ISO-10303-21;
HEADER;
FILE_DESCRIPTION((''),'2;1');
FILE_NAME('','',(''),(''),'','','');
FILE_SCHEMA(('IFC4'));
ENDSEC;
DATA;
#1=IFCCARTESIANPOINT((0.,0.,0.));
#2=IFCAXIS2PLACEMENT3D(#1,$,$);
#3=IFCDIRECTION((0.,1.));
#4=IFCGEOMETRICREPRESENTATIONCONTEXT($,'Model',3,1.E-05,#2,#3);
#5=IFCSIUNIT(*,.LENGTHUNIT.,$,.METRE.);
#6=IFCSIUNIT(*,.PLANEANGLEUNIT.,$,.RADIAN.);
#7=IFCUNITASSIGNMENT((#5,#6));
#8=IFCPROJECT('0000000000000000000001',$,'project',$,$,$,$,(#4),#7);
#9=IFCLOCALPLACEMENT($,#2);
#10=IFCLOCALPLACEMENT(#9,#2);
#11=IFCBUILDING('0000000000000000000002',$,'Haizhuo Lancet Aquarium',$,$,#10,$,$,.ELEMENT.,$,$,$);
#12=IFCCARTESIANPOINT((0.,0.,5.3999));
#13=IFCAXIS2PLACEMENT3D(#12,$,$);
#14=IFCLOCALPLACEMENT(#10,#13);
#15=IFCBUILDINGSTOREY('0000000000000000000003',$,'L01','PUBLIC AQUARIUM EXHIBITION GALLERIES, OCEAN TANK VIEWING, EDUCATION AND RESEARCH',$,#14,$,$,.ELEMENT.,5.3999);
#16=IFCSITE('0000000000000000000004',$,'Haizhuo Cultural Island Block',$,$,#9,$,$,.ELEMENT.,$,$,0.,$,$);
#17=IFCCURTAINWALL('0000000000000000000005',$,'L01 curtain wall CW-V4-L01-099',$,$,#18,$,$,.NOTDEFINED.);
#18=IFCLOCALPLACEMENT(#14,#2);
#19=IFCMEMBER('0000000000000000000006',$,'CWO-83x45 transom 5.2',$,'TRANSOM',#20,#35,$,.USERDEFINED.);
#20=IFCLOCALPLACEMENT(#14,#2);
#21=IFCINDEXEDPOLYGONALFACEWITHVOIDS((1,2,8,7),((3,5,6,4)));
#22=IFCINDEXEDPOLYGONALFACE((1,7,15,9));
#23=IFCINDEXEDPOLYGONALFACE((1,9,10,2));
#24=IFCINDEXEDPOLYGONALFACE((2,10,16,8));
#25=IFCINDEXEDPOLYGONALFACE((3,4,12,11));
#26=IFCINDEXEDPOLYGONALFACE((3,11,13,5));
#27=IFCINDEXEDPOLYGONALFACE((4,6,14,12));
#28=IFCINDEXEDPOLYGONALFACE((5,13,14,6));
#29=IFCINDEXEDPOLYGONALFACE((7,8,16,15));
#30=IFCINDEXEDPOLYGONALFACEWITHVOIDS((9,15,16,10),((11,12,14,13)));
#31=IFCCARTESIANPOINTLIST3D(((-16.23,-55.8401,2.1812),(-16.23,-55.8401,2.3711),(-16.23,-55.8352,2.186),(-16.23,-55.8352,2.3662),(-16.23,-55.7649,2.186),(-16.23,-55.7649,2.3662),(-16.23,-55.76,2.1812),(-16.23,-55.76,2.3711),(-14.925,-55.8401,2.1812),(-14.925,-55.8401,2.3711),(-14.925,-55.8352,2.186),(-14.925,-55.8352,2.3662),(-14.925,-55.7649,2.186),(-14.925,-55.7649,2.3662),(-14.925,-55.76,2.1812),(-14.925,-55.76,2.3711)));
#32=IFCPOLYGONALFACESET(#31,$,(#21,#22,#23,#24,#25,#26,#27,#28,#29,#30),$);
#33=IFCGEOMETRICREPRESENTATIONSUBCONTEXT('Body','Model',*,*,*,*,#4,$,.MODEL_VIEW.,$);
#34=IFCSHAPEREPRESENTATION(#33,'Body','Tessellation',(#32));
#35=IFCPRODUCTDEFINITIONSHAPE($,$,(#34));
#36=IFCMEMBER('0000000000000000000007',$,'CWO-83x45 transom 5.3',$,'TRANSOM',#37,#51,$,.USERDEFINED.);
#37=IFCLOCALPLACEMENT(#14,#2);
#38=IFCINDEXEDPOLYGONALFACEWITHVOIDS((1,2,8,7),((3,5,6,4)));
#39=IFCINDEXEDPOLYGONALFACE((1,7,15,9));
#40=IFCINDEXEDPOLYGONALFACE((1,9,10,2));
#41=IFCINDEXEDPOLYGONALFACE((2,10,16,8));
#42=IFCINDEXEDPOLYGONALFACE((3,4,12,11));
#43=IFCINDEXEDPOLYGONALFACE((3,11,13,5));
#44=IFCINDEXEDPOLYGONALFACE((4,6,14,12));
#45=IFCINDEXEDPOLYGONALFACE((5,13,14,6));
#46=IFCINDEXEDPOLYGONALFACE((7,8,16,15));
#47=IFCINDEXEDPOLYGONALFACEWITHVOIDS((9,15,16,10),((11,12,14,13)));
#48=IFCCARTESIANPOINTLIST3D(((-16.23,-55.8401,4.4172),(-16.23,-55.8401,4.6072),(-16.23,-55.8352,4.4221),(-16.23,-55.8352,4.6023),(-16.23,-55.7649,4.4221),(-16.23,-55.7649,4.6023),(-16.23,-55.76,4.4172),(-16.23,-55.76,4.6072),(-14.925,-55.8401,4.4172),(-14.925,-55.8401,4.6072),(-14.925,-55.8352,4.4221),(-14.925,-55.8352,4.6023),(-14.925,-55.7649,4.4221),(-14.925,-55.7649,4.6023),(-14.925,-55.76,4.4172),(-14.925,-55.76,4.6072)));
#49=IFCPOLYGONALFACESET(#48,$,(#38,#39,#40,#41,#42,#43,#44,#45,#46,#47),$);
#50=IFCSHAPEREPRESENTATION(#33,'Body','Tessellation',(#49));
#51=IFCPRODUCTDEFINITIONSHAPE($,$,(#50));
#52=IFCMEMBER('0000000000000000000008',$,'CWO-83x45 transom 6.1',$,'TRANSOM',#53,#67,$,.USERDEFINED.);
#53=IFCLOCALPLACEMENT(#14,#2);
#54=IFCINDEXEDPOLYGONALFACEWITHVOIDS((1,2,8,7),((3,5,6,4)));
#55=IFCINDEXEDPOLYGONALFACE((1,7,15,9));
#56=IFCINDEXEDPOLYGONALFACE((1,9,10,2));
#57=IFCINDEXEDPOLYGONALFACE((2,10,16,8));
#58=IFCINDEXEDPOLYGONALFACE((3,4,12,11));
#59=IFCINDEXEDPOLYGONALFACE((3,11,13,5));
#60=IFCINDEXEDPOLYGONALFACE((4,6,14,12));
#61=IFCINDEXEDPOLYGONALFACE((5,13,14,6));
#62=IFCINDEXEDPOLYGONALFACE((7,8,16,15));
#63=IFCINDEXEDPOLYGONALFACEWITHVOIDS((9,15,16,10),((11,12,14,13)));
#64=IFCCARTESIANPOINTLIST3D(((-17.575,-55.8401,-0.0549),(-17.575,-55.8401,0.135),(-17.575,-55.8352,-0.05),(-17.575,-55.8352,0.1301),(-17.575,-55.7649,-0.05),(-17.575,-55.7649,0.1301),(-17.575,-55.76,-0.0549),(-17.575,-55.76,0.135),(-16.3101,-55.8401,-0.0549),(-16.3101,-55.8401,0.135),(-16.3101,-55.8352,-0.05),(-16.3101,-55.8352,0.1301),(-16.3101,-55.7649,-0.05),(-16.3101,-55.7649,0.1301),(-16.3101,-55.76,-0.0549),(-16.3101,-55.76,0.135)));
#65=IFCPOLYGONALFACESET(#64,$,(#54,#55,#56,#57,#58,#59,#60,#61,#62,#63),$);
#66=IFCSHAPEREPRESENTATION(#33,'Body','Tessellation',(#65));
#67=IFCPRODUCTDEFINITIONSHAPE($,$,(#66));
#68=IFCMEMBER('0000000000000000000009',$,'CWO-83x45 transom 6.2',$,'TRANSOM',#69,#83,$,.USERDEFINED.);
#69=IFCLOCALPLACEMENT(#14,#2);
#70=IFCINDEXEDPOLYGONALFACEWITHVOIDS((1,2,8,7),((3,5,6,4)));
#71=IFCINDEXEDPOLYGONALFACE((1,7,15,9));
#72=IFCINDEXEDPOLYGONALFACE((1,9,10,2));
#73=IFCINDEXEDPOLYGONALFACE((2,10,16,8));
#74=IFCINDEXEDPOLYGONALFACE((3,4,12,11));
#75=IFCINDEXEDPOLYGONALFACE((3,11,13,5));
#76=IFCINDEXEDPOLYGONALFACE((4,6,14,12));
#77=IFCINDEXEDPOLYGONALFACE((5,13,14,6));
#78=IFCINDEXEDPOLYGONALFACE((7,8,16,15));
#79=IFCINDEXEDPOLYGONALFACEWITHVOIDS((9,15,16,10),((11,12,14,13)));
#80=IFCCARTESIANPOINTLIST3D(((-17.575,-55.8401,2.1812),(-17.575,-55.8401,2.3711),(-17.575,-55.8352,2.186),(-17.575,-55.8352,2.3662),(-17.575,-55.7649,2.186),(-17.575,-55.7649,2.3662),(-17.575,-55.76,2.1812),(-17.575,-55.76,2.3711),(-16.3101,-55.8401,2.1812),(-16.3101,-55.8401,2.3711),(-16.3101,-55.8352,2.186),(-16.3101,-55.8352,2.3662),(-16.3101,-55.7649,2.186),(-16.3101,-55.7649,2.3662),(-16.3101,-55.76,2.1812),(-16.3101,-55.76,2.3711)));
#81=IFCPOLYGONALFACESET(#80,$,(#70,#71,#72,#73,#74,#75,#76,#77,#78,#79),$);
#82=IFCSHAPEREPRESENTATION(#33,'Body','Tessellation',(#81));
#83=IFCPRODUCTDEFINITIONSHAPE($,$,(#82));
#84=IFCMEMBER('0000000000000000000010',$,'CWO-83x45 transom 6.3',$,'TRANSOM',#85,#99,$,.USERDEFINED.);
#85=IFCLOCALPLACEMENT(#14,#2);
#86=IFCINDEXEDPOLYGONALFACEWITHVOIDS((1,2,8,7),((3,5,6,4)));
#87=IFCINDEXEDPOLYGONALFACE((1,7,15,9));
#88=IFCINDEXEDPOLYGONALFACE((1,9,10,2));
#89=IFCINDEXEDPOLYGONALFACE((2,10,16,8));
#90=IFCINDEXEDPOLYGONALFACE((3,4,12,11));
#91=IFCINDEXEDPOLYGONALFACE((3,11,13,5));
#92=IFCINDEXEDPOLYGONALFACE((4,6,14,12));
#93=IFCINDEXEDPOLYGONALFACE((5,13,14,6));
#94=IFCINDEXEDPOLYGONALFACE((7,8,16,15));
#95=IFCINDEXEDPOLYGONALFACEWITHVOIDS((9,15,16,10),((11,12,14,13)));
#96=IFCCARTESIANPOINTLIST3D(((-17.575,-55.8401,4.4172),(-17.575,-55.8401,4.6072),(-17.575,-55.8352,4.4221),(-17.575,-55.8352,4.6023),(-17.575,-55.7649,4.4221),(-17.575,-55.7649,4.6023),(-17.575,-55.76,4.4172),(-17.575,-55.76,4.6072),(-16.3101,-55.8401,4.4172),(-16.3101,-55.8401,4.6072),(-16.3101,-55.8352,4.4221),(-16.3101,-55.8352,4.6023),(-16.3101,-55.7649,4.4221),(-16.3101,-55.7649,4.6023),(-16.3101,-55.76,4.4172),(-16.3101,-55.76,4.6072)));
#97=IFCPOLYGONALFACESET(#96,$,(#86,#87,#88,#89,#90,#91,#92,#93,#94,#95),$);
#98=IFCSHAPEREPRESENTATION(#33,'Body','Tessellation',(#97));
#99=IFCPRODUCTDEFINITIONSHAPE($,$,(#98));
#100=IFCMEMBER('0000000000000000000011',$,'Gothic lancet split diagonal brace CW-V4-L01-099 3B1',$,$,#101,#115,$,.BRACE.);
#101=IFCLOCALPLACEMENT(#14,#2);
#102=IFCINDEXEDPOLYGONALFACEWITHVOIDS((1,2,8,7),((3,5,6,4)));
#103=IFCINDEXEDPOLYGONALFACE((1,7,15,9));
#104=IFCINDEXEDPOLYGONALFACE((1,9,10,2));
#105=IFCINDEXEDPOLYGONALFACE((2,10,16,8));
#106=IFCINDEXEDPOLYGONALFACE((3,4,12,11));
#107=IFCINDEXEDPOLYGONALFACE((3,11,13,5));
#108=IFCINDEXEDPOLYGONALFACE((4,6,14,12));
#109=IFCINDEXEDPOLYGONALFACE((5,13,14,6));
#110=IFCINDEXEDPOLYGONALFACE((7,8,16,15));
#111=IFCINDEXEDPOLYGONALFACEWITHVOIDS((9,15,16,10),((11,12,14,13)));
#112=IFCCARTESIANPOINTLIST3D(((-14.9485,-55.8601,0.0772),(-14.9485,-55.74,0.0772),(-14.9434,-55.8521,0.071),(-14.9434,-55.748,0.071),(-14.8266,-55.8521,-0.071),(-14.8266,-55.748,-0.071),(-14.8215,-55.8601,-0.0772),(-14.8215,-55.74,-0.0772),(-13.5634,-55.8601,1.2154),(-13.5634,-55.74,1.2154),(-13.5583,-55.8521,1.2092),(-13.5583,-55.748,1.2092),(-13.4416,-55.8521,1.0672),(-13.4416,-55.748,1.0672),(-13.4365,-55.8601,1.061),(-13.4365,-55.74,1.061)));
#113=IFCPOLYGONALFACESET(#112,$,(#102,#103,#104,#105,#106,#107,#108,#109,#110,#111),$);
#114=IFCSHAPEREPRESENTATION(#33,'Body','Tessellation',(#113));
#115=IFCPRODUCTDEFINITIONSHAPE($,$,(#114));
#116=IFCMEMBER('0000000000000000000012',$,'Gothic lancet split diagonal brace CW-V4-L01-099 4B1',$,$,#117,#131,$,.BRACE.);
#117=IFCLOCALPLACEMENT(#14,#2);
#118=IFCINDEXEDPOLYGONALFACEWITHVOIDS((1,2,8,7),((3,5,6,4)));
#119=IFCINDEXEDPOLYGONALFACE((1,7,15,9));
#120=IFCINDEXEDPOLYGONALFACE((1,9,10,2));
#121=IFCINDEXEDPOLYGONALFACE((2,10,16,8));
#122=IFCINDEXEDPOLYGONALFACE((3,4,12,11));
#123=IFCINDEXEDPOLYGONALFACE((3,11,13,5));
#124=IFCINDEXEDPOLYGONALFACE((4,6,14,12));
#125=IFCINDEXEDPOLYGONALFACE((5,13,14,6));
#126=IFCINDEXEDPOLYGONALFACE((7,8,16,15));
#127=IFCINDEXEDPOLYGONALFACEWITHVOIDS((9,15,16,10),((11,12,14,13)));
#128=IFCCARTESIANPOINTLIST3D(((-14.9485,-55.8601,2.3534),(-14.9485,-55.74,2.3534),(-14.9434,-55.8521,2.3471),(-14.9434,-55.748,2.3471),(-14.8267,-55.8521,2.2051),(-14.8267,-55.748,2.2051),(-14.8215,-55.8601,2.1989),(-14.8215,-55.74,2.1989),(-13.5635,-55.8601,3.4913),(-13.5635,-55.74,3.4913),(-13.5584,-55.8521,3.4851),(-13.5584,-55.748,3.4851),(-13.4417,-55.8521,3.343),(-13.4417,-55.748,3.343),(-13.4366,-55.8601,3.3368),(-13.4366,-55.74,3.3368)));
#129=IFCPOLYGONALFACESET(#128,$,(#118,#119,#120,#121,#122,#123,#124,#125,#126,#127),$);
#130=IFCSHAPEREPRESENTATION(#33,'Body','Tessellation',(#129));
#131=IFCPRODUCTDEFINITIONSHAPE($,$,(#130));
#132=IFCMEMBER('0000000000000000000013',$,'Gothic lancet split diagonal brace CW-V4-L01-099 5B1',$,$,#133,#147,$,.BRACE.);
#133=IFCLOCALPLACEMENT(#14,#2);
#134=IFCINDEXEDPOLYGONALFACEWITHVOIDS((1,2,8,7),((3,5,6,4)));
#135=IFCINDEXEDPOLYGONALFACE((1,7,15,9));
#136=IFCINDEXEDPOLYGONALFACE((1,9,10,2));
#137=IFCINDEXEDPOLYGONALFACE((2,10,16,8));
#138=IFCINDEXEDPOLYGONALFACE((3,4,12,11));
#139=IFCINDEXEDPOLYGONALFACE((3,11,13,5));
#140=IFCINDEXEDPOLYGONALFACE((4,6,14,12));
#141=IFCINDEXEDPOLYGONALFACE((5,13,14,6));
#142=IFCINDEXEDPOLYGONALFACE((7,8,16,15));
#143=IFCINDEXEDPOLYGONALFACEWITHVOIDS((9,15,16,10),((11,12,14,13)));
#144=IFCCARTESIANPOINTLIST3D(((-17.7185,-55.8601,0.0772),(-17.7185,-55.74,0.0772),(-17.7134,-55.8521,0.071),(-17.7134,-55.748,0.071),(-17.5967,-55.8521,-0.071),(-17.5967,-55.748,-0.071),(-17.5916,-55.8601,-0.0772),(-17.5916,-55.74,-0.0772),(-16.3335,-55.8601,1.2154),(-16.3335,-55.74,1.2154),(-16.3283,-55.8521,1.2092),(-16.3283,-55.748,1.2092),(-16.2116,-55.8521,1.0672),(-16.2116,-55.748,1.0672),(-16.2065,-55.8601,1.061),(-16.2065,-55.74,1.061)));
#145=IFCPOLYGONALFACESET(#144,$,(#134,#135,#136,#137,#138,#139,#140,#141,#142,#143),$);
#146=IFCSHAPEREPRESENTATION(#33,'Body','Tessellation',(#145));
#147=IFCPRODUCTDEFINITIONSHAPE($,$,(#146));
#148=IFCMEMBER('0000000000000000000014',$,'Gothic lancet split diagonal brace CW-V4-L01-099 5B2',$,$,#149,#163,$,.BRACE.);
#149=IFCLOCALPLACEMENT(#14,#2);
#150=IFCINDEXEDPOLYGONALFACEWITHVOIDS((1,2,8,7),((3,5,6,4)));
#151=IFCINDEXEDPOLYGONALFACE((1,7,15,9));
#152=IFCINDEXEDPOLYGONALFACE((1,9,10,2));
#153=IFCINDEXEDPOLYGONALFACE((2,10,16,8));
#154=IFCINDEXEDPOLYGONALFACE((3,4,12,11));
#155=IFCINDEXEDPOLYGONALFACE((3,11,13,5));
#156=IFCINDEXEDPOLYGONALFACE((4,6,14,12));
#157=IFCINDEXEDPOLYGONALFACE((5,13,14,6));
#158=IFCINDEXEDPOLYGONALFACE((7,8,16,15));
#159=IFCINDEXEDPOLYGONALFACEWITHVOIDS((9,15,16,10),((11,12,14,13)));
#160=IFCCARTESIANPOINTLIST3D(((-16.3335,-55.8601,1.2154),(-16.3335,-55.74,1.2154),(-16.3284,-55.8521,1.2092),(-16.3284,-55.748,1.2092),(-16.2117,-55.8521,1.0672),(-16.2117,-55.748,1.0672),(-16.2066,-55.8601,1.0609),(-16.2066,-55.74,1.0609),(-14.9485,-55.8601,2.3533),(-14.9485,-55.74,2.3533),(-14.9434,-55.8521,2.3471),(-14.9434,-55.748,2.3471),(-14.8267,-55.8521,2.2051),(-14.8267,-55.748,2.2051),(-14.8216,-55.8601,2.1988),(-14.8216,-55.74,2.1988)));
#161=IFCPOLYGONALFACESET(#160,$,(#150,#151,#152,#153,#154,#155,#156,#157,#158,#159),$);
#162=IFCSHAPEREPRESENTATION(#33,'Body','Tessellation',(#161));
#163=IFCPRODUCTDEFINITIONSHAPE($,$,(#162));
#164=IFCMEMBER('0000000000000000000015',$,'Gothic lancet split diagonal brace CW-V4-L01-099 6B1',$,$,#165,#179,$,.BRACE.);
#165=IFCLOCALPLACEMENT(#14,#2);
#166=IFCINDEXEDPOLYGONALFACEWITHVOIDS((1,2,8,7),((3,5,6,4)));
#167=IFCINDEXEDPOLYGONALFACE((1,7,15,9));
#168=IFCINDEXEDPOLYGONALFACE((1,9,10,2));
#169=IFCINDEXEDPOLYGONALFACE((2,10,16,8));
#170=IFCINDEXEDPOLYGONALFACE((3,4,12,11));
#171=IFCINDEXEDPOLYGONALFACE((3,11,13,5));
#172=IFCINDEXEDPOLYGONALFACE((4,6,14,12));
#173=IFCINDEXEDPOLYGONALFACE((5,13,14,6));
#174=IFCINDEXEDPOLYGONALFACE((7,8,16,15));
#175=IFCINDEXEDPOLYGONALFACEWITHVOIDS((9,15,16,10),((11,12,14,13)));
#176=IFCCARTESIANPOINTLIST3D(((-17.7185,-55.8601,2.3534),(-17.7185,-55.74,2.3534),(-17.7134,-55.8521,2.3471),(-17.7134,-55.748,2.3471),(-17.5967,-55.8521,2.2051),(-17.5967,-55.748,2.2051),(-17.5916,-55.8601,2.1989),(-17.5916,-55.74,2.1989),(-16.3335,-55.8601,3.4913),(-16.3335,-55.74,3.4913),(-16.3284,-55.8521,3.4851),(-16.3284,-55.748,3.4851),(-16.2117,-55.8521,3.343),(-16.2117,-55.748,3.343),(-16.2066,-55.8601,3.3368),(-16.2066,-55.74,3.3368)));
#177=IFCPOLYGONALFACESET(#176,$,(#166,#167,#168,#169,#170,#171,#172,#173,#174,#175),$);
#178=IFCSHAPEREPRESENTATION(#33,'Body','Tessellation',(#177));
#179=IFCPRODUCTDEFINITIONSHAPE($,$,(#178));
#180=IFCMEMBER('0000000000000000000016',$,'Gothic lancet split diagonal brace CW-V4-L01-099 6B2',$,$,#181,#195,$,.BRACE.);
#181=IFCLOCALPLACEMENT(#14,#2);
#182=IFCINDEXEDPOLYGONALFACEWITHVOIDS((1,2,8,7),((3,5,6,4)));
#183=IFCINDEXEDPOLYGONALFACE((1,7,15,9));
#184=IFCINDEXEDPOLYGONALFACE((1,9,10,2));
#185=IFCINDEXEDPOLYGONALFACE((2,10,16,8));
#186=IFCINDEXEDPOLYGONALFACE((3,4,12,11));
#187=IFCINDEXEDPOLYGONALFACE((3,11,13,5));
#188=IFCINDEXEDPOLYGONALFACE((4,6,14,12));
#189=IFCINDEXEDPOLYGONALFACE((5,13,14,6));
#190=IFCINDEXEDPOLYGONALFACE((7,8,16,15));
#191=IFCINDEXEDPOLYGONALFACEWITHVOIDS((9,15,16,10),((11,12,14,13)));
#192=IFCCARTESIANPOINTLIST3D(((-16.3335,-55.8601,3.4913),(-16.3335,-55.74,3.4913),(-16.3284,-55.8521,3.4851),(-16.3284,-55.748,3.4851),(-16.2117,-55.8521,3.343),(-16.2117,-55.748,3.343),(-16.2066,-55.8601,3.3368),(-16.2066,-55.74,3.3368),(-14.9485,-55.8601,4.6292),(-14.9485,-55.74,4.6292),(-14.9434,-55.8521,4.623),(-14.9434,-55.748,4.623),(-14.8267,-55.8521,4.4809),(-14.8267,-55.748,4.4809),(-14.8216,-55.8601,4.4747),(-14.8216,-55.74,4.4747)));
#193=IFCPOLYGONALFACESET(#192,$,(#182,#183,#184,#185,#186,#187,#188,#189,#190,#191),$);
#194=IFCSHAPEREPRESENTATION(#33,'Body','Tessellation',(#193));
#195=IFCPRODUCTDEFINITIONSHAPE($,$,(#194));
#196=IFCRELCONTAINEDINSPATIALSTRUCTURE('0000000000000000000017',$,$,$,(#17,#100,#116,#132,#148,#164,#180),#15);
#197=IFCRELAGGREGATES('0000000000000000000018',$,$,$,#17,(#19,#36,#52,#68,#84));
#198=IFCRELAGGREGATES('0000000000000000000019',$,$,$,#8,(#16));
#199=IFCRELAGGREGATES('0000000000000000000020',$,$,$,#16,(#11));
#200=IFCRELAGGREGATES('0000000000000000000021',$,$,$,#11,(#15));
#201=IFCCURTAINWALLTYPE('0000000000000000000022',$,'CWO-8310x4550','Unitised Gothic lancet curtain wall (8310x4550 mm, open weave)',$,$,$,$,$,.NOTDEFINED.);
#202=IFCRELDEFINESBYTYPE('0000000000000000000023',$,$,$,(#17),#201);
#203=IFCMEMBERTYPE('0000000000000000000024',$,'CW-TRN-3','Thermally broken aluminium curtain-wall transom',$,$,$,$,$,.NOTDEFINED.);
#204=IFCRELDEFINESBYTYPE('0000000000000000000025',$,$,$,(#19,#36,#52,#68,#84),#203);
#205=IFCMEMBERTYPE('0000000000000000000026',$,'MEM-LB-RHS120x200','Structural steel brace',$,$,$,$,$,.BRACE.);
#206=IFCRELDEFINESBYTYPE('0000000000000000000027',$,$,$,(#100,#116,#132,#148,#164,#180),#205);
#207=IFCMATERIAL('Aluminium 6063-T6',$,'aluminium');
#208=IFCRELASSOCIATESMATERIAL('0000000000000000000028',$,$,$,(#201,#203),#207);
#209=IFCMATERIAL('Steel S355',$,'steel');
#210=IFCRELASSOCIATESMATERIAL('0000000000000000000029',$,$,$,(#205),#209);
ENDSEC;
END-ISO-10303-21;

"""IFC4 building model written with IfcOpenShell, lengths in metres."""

from ifc_helpers import new_model, si_unit, direction, frame, origin, origin_2d, place, context, subcontext, project, spatial, hollow_rectangle, extrude, material, material_profile, profile_set, type_object, element, aggregate, save


model = new_model("IFC4")

# Units and contexts
model_context = context("Model", 3, precision=1e-05, world=origin(), true_north=direction((0.0, 1.0)))
body_context = subcontext(model_context, "Body", "Model", "MODEL_VIEW")
ifc_project = project(units=[si_unit("LENGTHUNIT", "METRE"), si_unit("PLANEANGLEUNIT", "RADIAN")], contexts=[model_context])

# Site, building, storey
site_placement = place(None, origin())
site = spatial("IfcSite", under=ifc_project, at=site_placement, Name="Haizhuo Cultural Island Block", CompositionType="ELEMENT", RefElevation=0.0)
building_placement = place(site_placement, origin())
building = spatial("IfcBuilding", under=site, at=building_placement, Name="Haizhuo Lancet Aquarium", CompositionType="ELEMENT")
storey_placement = place(building_placement, frame((0.0, 0.0, 5.3999)))
storey = spatial("IfcBuildingStorey", under=building, at=storey_placement, Name="L01", Description="PUBLIC AQUARIUM EXHIBITION GALLERIES, OCEAN TANK VIEWING, EDUCATION AND RESEARCH", CompositionType="ELEMENT", Elevation=5.3999)

# Shared definitions
ifc_material_1 = material(Name="Steel S355", Category="steel")

# Curtain wall, members
ifc_material_2 = material(Name="Aluminium 6063-T6", Category="aluminium")
curtain_wall_type = type_object("IfcCurtainWallType", Name="CWO-8310x4550", Description="Unitised Gothic lancet curtain wall (8310x4550 mm, open weave)", PredefinedType="NOTDEFINED", material=ifc_material_2)
curtain_wall_placement = place(storey_placement, origin())
curtain_wall = element("IfcCurtainWall", 1, at=curtain_wall_placement, inside=storey, type_object=curtain_wall_type, Name="L01 curtain wall CW-V4-L01-099", PredefinedType="NOTDEFINED")
ifc_material_profile_1 = material_profile(ifc_material_2, hollow_rectangle(XDim=0.0801, YDim=0.1899, WallThickness=0.0049, at=origin_2d()), Name="ALU-T 80x190x5")
ifc_profile_set_1 = profile_set([ifc_material_profile_1], Name="Aluminium 6063-T6")
member_type_1 = type_object("IfcMemberType", Name="CW-TRN-3", Description="Thermally broken aluminium curtain-wall transom", PredefinedType="NOTDEFINED", material=ifc_profile_set_1)
member_1_placement = place(storey_placement, frame((-14.925, -55.8, 2.2761), z_axis=(-1.0, 0.0, 0.0), x_axis=(0.0, -1.0, 0.0)))
member_1 = element("IfcMember", 2, at=member_1_placement, type_object=member_type_1, Name="CWO-83x45 transom 5.2", ObjectType="TRANSOM", PredefinedType="USERDEFINED", context=body_context, shape_type="SweptSolid", body=[
    extrude(hollow_rectangle(XDim=0.0801, YDim=0.1899, WallThickness=0.0049, at=origin_2d()), origin(), (0.0, 0.0, 1.0), 1.3049),
])
member_2_placement = place(storey_placement, frame((-14.925, -55.8, 4.5122), z_axis=(-1.0, 0.0, 0.0), x_axis=(0.0, -1.0, 0.0)))
member_2 = element("IfcMember", 3, at=member_2_placement, type_object=member_type_1, Name="CWO-83x45 transom 5.3", ObjectType="TRANSOM", PredefinedType="USERDEFINED", context=body_context, shape_type="SweptSolid", body=[
    extrude(hollow_rectangle(XDim=0.0801, YDim=0.1899, WallThickness=0.0049, at=origin_2d()), origin(), (0.0, 0.0, 1.0), 1.3049),
])
member_3_placement = place(storey_placement, frame((-16.3101, -55.8, 0.04), z_axis=(-1.0, 0.0, 0.0), x_axis=(0.0, -1.0, 0.0)))
member_3 = element("IfcMember", 4, at=member_3_placement, type_object=member_type_1, Name="CWO-83x45 transom 6.1", ObjectType="TRANSOM", PredefinedType="USERDEFINED", context=body_context, shape_type="SweptSolid", body=[
    extrude(hollow_rectangle(XDim=0.0801, YDim=0.1899, WallThickness=0.0049, at=origin_2d()), origin(), (0.0, 0.0, 1.0), 1.2649),
])
member_4_placement = place(storey_placement, frame((-16.3101, -55.8, 2.2761), z_axis=(-1.0, 0.0, 0.0), x_axis=(0.0, -1.0, 0.0)))
member_4 = element("IfcMember", 5, at=member_4_placement, type_object=member_type_1, Name="CWO-83x45 transom 6.2", ObjectType="TRANSOM", PredefinedType="USERDEFINED", context=body_context, shape_type="SweptSolid", body=[
    extrude(hollow_rectangle(XDim=0.0801, YDim=0.1899, WallThickness=0.0049, at=origin_2d()), origin(), (0.0, 0.0, 1.0), 1.2649),
])
member_5_placement = place(storey_placement, frame((-16.3101, -55.8, 4.5122), z_axis=(-1.0, 0.0, 0.0), x_axis=(0.0, -1.0, 0.0)))
member_5 = element("IfcMember", 6, at=member_5_placement, type_object=member_type_1, Name="CWO-83x45 transom 6.3", ObjectType="TRANSOM", PredefinedType="USERDEFINED", context=body_context, shape_type="SweptSolid", body=[
    extrude(hollow_rectangle(XDim=0.0801, YDim=0.1899, WallThickness=0.0049, at=origin_2d()), origin(), (0.0, 0.0, 1.0), 1.2649),
])

# Members
ifc_material_profile_2 = material_profile(ifc_material_1, hollow_rectangle(XDim=0.1201, YDim=0.2, WallThickness=0.0081, at=origin_2d()), Name="RHS 120x200x8")
ifc_profile_set_2 = profile_set([ifc_material_profile_2], Name="Steel S355")
member_type_2 = type_object("IfcMemberType", Name="MEM-LB-RHS120x200", Description="Structural steel brace", PredefinedType="BRACE", material=ifc_profile_set_2)
member_6_placement = place(storey_placement, frame((-14.885, -55.8, 0.0), z_axis=(0.77259, 0.0, 0.634905), x_axis=(0.0, 1.0, 0.0)))
element("IfcMember", 7, at=member_6_placement, inside=storey, type_object=member_type_2, Name="Gothic lancet split diagonal brace CW-V4-L01-099 3B1", PredefinedType="BRACE", context=body_context, shape_type="SweptSolid", body=[
    extrude(hollow_rectangle(XDim=0.1201, YDim=0.2, WallThickness=0.0081, at=origin_2d()), origin(), (0.0, 0.0, 1.0), 1.7927),
])
member_7_placement = place(storey_placement, frame((-14.885, -55.8, 2.2761), z_axis=(0.772657, 0.0, 0.634824), x_axis=(0.0, 1.0, 0.0)))
element("IfcMember", 8, at=member_7_placement, inside=storey, type_object=member_type_2, Name="Gothic lancet split diagonal brace CW-V4-L01-099 4B1", PredefinedType="BRACE", context=body_context, shape_type="SweptSolid", body=[
    extrude(hollow_rectangle(XDim=0.1201, YDim=0.2, WallThickness=0.0081, at=origin_2d()), origin(), (0.0, 0.0, 1.0), 1.7925),
])
member_8_placement = place(storey_placement, frame((-17.655, -55.8, 0.0), z_axis=(0.77259, 0.0, 0.634905), x_axis=(0.0, 1.0, 0.0)))
element("IfcMember", 9, at=member_8_placement, inside=storey, type_object=member_type_2, Name="Gothic lancet split diagonal brace CW-V4-L01-099 5B1", PredefinedType="BRACE", context=body_context, shape_type="SweptSolid", body=[
    extrude(hollow_rectangle(XDim=0.1201, YDim=0.2, WallThickness=0.0081, at=origin_2d()), origin(), (0.0, 0.0, 1.0), 1.7927),
])
for number, where, z_axis, x_axis, name in (
    (10, (-16.27, -55.8, 1.1382), (0.772657, 0.0, 0.634824), (0.0, 1.0, 0.0), "Gothic lancet split diagonal brace CW-V4-L01-099 5B2"),
    (11, (-17.655, -55.8, 2.2761), (0.772657, 0.0, 0.634824), (0.0, 1.0, 0.0), "Gothic lancet split diagonal brace CW-V4-L01-099 6B1"),
    (12, (-16.27, -55.8, 3.4141), (0.772657, 0.0, 0.634824), (0.0, 1.0, 0.0), "Gothic lancet split diagonal brace CW-V4-L01-099 6B2"),
):
    element("IfcMember", number, at=place(storey_placement, frame(where, z_axis=z_axis, x_axis=x_axis)), inside=storey, type_object=member_type_2, Name=name, PredefinedType="BRACE", context=body_context, shape_type="SweptSolid", body=[
        extrude(hollow_rectangle(XDim=0.1201, YDim=0.2, WallThickness=0.0081, at=origin_2d()), origin(), (0.0, 0.0, 1.0), 1.7925),
    ])

aggregate(curtain_wall, [member_1, member_2, member_3, member_4, member_5])

save(model, "model.ifc")
